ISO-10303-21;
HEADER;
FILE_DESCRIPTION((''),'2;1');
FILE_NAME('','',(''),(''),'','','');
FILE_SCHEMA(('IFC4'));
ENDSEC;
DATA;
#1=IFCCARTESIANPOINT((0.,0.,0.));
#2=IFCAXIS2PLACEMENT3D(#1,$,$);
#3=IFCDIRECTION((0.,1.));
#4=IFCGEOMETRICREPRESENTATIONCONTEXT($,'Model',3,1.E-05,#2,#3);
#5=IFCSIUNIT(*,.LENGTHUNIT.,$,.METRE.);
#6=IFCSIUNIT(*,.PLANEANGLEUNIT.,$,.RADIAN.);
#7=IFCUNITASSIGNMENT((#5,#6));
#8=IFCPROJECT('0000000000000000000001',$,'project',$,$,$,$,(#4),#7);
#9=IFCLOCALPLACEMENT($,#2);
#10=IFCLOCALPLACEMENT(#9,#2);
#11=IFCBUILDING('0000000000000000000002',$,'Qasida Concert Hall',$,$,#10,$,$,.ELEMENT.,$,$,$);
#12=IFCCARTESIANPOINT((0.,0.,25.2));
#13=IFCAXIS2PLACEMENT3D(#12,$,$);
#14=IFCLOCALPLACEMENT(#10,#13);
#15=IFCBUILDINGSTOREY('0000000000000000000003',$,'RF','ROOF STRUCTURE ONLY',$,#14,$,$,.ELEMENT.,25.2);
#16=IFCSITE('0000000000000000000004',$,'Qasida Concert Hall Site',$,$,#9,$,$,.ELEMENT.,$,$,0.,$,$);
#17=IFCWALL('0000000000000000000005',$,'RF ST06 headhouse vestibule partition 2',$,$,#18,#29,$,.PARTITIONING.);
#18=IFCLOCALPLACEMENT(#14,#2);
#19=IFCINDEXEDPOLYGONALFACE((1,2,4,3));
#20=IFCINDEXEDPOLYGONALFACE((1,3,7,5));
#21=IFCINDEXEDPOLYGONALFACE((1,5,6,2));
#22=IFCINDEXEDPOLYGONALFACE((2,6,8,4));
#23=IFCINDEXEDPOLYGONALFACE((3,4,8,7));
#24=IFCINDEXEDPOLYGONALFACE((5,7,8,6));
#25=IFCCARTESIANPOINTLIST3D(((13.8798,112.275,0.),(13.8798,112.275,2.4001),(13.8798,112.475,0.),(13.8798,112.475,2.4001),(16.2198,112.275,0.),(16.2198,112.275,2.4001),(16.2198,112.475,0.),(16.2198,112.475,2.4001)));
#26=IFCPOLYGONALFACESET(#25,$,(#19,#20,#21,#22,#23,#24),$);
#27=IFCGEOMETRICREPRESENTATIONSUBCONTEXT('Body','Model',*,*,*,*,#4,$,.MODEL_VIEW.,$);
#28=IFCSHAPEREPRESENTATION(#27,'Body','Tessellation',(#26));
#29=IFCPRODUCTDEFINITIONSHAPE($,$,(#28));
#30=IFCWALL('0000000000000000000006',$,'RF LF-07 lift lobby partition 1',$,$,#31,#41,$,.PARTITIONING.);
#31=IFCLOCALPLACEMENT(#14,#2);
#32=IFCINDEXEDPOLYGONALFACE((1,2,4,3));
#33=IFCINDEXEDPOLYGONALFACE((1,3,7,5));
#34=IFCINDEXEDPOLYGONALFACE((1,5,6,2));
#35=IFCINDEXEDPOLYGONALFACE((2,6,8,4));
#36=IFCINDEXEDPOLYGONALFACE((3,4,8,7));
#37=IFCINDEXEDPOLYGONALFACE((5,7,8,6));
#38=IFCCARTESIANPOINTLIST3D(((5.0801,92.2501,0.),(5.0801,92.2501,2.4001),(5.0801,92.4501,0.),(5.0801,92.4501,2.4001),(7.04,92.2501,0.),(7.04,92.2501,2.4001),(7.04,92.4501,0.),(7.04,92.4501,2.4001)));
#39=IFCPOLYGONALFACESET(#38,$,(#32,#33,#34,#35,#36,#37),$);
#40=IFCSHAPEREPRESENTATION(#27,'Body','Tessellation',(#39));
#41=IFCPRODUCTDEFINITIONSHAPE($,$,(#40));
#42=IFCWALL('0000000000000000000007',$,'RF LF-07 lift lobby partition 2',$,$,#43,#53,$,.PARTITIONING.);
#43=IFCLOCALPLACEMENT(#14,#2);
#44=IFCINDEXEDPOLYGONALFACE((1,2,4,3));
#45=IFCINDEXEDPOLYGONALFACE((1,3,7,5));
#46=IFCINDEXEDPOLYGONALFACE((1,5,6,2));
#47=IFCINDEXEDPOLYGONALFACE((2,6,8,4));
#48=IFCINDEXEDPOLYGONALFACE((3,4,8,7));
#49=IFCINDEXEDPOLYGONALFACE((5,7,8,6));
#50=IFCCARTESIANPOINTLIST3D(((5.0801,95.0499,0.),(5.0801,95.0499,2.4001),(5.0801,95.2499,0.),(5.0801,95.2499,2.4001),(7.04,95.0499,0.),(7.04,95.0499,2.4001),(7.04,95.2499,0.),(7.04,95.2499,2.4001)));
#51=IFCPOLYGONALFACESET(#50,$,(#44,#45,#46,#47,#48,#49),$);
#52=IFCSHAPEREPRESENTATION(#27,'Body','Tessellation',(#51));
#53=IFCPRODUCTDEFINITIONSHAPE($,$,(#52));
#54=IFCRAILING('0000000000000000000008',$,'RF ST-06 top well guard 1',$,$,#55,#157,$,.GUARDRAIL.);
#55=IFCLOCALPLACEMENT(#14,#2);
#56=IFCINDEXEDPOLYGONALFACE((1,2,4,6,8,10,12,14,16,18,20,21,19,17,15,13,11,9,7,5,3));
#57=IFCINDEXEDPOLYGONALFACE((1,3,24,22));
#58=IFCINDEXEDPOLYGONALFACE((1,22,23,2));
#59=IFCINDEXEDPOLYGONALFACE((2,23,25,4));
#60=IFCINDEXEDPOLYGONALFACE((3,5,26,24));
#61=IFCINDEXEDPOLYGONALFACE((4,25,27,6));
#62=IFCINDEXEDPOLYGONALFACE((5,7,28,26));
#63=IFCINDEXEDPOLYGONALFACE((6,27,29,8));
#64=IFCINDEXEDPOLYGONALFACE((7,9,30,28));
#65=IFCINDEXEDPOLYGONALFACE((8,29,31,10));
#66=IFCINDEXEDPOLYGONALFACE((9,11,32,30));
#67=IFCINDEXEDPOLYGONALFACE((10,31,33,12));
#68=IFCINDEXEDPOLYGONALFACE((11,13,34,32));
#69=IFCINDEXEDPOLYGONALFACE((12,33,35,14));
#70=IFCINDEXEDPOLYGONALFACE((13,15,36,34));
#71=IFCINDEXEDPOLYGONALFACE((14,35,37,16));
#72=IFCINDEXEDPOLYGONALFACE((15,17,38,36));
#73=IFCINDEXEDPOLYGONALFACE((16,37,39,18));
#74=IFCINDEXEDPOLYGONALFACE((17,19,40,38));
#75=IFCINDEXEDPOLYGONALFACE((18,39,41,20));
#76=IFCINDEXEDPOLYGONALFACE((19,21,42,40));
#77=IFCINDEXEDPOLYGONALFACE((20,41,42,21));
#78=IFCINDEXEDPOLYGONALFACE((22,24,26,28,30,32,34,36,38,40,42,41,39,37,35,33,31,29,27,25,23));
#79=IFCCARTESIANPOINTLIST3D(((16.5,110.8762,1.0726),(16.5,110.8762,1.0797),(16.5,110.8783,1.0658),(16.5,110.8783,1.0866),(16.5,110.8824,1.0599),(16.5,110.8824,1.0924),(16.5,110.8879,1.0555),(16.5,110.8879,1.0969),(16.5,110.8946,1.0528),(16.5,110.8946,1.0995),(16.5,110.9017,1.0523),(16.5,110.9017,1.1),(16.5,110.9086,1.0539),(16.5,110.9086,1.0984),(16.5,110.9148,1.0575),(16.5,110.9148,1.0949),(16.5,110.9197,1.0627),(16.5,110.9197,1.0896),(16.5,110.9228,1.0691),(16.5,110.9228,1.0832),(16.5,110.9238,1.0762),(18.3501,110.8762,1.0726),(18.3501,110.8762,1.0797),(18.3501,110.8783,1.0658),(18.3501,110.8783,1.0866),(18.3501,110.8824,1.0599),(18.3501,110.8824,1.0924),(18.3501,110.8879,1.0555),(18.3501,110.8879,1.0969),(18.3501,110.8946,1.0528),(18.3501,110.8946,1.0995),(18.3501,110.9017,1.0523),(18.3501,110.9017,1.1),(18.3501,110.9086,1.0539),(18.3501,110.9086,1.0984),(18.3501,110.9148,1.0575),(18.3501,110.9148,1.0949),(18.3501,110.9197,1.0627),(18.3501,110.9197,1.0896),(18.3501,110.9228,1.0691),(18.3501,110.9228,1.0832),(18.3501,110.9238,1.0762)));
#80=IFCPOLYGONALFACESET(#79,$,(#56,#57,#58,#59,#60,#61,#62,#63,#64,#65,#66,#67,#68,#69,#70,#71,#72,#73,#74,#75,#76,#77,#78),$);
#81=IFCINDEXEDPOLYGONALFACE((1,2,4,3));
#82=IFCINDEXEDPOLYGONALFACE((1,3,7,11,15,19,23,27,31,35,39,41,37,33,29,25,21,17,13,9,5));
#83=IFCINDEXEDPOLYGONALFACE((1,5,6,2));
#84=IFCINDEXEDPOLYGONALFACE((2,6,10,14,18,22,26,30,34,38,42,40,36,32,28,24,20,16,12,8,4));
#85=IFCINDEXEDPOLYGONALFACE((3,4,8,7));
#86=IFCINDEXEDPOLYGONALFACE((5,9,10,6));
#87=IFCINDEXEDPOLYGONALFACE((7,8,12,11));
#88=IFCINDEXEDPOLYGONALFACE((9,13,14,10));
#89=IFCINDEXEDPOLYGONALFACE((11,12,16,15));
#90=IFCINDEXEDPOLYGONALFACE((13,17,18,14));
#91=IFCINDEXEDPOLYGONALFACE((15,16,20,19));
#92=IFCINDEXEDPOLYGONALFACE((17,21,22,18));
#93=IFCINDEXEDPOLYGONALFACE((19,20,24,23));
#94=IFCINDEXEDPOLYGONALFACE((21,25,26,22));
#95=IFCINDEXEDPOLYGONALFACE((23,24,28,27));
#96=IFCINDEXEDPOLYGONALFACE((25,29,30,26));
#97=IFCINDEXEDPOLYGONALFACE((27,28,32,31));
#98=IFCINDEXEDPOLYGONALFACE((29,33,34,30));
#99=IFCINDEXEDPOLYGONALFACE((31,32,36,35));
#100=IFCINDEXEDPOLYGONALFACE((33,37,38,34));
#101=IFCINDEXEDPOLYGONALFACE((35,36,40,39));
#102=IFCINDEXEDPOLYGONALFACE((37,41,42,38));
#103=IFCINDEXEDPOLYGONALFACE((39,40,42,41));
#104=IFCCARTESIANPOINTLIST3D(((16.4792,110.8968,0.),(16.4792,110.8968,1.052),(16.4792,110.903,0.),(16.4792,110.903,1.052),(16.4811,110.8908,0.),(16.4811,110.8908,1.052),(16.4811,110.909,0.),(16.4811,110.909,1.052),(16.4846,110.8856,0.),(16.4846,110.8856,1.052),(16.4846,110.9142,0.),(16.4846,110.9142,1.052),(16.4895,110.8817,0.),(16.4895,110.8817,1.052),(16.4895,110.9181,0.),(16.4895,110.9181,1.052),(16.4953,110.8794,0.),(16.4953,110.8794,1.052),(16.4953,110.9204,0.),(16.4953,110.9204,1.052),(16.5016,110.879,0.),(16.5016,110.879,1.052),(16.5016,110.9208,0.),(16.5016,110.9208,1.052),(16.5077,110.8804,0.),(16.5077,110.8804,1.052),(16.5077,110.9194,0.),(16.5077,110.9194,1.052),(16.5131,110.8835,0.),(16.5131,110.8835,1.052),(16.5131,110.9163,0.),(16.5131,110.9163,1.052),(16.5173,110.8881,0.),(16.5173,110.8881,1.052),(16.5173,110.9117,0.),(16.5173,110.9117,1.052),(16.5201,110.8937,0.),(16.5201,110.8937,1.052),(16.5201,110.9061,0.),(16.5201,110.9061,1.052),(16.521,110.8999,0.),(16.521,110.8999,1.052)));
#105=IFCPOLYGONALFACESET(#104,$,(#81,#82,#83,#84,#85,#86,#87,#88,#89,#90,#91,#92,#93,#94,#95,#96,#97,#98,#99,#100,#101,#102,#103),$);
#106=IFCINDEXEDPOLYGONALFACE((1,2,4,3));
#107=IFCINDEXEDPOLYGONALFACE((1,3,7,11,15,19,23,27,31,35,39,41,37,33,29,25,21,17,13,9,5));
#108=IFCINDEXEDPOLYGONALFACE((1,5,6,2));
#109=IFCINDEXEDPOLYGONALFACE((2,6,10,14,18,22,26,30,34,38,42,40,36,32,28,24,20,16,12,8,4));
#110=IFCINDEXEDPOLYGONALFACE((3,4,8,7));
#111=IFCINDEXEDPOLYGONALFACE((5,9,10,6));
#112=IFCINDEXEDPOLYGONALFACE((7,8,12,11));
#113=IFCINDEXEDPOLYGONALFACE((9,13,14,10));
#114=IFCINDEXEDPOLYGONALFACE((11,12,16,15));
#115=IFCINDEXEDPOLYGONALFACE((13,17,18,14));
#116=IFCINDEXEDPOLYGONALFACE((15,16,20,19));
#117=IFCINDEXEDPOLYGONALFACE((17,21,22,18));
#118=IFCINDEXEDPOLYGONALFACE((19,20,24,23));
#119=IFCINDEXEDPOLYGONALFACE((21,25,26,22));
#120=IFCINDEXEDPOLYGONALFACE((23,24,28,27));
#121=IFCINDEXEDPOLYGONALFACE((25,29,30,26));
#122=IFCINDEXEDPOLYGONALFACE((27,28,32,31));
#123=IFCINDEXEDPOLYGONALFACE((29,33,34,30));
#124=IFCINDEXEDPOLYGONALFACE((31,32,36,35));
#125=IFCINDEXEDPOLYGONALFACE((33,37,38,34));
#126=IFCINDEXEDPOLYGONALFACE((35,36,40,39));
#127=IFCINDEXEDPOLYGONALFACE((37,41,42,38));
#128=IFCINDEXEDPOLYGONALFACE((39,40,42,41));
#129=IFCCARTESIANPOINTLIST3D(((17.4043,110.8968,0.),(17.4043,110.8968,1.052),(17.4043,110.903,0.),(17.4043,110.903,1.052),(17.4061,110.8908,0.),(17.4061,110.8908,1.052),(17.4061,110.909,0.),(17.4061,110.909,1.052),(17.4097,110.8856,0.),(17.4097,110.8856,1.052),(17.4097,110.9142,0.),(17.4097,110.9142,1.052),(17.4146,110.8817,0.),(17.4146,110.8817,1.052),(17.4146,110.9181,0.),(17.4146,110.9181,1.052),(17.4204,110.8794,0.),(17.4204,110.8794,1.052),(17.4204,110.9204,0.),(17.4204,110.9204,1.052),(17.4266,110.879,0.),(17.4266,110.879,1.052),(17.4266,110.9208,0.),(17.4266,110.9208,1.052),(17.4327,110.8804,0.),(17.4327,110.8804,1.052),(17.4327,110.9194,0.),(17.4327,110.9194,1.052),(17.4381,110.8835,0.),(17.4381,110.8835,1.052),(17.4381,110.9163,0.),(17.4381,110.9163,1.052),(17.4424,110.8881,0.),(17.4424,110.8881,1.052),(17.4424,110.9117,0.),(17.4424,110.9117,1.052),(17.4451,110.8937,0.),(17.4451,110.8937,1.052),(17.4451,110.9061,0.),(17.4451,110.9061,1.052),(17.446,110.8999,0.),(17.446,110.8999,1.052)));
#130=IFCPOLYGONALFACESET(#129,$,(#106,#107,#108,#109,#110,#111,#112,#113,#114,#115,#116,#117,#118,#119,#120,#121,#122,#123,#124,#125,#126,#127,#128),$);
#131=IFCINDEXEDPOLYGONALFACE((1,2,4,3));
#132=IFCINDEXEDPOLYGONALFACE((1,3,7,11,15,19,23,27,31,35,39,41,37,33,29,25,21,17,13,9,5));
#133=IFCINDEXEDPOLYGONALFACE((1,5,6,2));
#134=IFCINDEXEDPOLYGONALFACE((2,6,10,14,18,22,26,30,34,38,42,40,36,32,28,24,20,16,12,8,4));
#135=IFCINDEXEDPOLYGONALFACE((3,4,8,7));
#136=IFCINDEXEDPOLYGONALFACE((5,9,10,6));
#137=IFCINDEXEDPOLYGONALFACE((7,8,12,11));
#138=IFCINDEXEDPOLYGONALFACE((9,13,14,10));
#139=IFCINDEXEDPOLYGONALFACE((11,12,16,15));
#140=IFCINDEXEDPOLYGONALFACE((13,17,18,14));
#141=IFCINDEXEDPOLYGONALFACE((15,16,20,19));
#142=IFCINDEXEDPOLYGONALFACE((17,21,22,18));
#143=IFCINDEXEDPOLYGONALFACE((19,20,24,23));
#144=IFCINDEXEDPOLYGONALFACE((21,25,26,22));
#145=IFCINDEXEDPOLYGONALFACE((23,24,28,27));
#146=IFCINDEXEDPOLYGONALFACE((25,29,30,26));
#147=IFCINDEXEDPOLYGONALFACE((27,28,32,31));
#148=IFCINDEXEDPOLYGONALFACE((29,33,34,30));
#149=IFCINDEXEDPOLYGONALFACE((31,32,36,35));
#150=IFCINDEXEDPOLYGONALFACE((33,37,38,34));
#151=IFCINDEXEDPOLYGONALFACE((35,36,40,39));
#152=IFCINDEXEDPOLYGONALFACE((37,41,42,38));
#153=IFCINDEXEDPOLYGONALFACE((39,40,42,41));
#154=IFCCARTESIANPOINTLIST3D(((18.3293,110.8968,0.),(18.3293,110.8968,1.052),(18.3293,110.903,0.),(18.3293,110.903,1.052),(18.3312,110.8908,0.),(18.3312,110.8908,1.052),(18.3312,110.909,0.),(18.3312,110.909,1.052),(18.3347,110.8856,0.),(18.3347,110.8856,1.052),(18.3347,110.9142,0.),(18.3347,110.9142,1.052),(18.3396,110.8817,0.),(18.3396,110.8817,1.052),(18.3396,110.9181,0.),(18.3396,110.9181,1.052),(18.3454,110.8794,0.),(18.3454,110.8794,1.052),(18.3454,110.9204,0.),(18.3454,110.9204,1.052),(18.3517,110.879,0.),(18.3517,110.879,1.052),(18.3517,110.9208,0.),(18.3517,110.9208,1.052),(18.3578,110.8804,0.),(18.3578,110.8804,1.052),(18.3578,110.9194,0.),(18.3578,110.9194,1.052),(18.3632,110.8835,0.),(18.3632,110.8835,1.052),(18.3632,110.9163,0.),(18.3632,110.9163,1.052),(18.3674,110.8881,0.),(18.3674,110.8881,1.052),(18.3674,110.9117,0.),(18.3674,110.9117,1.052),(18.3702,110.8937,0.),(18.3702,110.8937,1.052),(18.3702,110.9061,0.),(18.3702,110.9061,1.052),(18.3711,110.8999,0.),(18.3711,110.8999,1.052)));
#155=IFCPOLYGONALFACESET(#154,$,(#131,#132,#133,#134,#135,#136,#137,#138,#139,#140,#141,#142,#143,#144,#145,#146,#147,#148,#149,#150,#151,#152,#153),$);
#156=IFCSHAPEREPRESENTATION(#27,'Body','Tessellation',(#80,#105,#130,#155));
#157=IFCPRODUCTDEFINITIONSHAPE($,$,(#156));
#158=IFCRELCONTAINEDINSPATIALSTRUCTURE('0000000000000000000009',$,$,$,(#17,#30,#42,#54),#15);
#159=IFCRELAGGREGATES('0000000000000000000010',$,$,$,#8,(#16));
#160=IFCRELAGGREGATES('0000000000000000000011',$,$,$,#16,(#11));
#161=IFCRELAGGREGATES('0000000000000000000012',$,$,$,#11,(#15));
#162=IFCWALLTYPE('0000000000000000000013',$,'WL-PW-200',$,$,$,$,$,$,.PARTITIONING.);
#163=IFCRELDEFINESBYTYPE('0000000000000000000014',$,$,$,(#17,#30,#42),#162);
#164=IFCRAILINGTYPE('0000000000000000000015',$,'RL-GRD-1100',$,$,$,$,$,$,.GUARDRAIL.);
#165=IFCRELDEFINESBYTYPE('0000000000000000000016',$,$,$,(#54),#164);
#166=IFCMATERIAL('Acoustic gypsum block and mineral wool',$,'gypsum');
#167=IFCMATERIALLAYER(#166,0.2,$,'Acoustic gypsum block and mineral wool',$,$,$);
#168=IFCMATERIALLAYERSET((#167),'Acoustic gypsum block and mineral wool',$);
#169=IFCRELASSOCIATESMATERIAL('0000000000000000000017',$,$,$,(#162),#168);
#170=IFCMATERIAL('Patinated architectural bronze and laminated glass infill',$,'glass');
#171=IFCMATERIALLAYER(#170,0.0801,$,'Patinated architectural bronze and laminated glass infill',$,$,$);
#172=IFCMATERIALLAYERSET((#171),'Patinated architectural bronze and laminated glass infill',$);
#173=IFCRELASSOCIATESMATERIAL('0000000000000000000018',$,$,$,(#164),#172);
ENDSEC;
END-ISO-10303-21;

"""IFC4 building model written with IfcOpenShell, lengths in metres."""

from ifc_helpers import new_model, si_unit, direction, frame, frame_2d, origin, origin_2d, place, context, subcontext, project, spatial, rectangle, circle, extrude, material, layer, layer_set, type_object, element, save


model = new_model("IFC4")

# Units and contexts
model_context = context("Model", 3, precision=1e-05, world=origin(), true_north=direction((0.0, 1.0)))
body_context = subcontext(model_context, "Body", "Model", "MODEL_VIEW")
ifc_project = project(units=[si_unit("LENGTHUNIT", "METRE"), si_unit("PLANEANGLEUNIT", "RADIAN")], contexts=[model_context])

# Site, building, storey
site_placement = place(None, origin())
site = spatial("IfcSite", under=ifc_project, at=site_placement, Name="Qasida Concert Hall Site", CompositionType="ELEMENT", RefElevation=0.0)
building_placement = place(site_placement, origin())
building = spatial("IfcBuilding", under=site, at=building_placement, Name="Qasida Concert Hall", CompositionType="ELEMENT")
storey_placement = place(building_placement, frame((0.0, 0.0, 25.2)))
storey = spatial("IfcBuildingStorey", under=building, at=storey_placement, Name="RF", Description="ROOF STRUCTURE ONLY", CompositionType="ELEMENT", Elevation=25.2)

# Walls
ifc_material_1 = material(Name="Acoustic gypsum block and mineral wool", Category="gypsum")
ifc_layer_1 = layer(ifc_material_1, 0.2, Name="Acoustic gypsum block and mineral wool")
ifc_layer_set_1 = layer_set([ifc_layer_1], Name="Acoustic gypsum block and mineral wool")
wall_type_1 = type_object("IfcWallType", Name="WL-PW-200", PredefinedType="PARTITIONING", material=ifc_layer_set_1)
for number, where, z_axis, x_axis, name in (
    (1, (13.8799, 112.375, 0.0), (0.0, 0.0, 1.0), (1.0, 0.0, 0.0), "RF ST06 headhouse vestibule partition 2"),
):
    element("IfcWall", number, at=place(storey_placement, frame(where, z_axis=z_axis, x_axis=x_axis)), inside=storey, type_object=wall_type_1, Name=name, PredefinedType="PARTITIONING", context=body_context, shape_type="SweptSolid", body=[
        extrude(rectangle(XDim=2.3401, YDim=0.2, at=frame_2d((1.1699, 0.0))), origin(), (0.0, 0.0, 1.0), 2.4001),
    ])
for number, where, z_axis, x_axis, name in (
    (2, (5.0801, 92.3501, 0.0), (0.0, 0.0, 1.0), (1.0, 0.0, 0.0), "RF LF-07 lift lobby partition 1"),
    (3, (5.0801, 95.1499, 0.0), (0.0, 0.0, 1.0), (1.0, 0.0, 0.0), "RF LF-07 lift lobby partition 2"),
):
    element("IfcWall", number, at=place(storey_placement, frame(where, z_axis=z_axis, x_axis=x_axis)), inside=storey, type_object=wall_type_1, Name=name, PredefinedType="PARTITIONING", context=body_context, shape_type="SweptSolid", body=[
        extrude(rectangle(XDim=1.96, YDim=0.2, at=frame_2d((0.98, 0.0))), origin(), (0.0, 0.0, 1.0), 2.4001),
    ])

# Railing
ifc_material_2 = material(Name="Patinated architectural bronze and laminated glass infill", Category="glass")
ifc_layer_2 = layer(ifc_material_2, 0.0801, Name="Patinated architectural bronze and laminated glass infill")
ifc_layer_set_2 = layer_set([ifc_layer_2], Name="Patinated architectural bronze and laminated glass infill")
railing_type = type_object("IfcRailingType", Name="RL-GRD-1100", PredefinedType="GUARDRAIL", material=ifc_layer_set_2)
railing_placement = place(storey_placement, frame((16.5, 110.8999, 0.0)))
element("IfcRailing", 4, at=railing_placement, inside=storey, type_object=railing_type, Name="RF ST-06 top well guard 1", PredefinedType="GUARDRAIL", context=body_context, shape_type="SweptSolid", body=[
    extrude(circle(Radius=0.0239, at=origin_2d()), frame((0.0, 0.0, 1.0762), z_axis=(1.0, 0.0, 0.0), x_axis=(0.0, 1.0, 0.0)), (0.0, 0.0, 1.0), 1.8501),
    extrude(circle(Radius=0.021, at=origin_2d()), origin(), (0.0, 0.0, 1.0), 1.052),
    extrude(circle(Radius=0.021, at=origin_2d()), frame((0.925, 0.0, 0.0)), (0.0, 0.0, 1.0), 1.052),
    extrude(circle(Radius=0.021, at=origin_2d()), frame((1.8501, 0.0, 0.0)), (0.0, 0.0, 1.0), 1.052),
])

save(model, "model.ifc")
